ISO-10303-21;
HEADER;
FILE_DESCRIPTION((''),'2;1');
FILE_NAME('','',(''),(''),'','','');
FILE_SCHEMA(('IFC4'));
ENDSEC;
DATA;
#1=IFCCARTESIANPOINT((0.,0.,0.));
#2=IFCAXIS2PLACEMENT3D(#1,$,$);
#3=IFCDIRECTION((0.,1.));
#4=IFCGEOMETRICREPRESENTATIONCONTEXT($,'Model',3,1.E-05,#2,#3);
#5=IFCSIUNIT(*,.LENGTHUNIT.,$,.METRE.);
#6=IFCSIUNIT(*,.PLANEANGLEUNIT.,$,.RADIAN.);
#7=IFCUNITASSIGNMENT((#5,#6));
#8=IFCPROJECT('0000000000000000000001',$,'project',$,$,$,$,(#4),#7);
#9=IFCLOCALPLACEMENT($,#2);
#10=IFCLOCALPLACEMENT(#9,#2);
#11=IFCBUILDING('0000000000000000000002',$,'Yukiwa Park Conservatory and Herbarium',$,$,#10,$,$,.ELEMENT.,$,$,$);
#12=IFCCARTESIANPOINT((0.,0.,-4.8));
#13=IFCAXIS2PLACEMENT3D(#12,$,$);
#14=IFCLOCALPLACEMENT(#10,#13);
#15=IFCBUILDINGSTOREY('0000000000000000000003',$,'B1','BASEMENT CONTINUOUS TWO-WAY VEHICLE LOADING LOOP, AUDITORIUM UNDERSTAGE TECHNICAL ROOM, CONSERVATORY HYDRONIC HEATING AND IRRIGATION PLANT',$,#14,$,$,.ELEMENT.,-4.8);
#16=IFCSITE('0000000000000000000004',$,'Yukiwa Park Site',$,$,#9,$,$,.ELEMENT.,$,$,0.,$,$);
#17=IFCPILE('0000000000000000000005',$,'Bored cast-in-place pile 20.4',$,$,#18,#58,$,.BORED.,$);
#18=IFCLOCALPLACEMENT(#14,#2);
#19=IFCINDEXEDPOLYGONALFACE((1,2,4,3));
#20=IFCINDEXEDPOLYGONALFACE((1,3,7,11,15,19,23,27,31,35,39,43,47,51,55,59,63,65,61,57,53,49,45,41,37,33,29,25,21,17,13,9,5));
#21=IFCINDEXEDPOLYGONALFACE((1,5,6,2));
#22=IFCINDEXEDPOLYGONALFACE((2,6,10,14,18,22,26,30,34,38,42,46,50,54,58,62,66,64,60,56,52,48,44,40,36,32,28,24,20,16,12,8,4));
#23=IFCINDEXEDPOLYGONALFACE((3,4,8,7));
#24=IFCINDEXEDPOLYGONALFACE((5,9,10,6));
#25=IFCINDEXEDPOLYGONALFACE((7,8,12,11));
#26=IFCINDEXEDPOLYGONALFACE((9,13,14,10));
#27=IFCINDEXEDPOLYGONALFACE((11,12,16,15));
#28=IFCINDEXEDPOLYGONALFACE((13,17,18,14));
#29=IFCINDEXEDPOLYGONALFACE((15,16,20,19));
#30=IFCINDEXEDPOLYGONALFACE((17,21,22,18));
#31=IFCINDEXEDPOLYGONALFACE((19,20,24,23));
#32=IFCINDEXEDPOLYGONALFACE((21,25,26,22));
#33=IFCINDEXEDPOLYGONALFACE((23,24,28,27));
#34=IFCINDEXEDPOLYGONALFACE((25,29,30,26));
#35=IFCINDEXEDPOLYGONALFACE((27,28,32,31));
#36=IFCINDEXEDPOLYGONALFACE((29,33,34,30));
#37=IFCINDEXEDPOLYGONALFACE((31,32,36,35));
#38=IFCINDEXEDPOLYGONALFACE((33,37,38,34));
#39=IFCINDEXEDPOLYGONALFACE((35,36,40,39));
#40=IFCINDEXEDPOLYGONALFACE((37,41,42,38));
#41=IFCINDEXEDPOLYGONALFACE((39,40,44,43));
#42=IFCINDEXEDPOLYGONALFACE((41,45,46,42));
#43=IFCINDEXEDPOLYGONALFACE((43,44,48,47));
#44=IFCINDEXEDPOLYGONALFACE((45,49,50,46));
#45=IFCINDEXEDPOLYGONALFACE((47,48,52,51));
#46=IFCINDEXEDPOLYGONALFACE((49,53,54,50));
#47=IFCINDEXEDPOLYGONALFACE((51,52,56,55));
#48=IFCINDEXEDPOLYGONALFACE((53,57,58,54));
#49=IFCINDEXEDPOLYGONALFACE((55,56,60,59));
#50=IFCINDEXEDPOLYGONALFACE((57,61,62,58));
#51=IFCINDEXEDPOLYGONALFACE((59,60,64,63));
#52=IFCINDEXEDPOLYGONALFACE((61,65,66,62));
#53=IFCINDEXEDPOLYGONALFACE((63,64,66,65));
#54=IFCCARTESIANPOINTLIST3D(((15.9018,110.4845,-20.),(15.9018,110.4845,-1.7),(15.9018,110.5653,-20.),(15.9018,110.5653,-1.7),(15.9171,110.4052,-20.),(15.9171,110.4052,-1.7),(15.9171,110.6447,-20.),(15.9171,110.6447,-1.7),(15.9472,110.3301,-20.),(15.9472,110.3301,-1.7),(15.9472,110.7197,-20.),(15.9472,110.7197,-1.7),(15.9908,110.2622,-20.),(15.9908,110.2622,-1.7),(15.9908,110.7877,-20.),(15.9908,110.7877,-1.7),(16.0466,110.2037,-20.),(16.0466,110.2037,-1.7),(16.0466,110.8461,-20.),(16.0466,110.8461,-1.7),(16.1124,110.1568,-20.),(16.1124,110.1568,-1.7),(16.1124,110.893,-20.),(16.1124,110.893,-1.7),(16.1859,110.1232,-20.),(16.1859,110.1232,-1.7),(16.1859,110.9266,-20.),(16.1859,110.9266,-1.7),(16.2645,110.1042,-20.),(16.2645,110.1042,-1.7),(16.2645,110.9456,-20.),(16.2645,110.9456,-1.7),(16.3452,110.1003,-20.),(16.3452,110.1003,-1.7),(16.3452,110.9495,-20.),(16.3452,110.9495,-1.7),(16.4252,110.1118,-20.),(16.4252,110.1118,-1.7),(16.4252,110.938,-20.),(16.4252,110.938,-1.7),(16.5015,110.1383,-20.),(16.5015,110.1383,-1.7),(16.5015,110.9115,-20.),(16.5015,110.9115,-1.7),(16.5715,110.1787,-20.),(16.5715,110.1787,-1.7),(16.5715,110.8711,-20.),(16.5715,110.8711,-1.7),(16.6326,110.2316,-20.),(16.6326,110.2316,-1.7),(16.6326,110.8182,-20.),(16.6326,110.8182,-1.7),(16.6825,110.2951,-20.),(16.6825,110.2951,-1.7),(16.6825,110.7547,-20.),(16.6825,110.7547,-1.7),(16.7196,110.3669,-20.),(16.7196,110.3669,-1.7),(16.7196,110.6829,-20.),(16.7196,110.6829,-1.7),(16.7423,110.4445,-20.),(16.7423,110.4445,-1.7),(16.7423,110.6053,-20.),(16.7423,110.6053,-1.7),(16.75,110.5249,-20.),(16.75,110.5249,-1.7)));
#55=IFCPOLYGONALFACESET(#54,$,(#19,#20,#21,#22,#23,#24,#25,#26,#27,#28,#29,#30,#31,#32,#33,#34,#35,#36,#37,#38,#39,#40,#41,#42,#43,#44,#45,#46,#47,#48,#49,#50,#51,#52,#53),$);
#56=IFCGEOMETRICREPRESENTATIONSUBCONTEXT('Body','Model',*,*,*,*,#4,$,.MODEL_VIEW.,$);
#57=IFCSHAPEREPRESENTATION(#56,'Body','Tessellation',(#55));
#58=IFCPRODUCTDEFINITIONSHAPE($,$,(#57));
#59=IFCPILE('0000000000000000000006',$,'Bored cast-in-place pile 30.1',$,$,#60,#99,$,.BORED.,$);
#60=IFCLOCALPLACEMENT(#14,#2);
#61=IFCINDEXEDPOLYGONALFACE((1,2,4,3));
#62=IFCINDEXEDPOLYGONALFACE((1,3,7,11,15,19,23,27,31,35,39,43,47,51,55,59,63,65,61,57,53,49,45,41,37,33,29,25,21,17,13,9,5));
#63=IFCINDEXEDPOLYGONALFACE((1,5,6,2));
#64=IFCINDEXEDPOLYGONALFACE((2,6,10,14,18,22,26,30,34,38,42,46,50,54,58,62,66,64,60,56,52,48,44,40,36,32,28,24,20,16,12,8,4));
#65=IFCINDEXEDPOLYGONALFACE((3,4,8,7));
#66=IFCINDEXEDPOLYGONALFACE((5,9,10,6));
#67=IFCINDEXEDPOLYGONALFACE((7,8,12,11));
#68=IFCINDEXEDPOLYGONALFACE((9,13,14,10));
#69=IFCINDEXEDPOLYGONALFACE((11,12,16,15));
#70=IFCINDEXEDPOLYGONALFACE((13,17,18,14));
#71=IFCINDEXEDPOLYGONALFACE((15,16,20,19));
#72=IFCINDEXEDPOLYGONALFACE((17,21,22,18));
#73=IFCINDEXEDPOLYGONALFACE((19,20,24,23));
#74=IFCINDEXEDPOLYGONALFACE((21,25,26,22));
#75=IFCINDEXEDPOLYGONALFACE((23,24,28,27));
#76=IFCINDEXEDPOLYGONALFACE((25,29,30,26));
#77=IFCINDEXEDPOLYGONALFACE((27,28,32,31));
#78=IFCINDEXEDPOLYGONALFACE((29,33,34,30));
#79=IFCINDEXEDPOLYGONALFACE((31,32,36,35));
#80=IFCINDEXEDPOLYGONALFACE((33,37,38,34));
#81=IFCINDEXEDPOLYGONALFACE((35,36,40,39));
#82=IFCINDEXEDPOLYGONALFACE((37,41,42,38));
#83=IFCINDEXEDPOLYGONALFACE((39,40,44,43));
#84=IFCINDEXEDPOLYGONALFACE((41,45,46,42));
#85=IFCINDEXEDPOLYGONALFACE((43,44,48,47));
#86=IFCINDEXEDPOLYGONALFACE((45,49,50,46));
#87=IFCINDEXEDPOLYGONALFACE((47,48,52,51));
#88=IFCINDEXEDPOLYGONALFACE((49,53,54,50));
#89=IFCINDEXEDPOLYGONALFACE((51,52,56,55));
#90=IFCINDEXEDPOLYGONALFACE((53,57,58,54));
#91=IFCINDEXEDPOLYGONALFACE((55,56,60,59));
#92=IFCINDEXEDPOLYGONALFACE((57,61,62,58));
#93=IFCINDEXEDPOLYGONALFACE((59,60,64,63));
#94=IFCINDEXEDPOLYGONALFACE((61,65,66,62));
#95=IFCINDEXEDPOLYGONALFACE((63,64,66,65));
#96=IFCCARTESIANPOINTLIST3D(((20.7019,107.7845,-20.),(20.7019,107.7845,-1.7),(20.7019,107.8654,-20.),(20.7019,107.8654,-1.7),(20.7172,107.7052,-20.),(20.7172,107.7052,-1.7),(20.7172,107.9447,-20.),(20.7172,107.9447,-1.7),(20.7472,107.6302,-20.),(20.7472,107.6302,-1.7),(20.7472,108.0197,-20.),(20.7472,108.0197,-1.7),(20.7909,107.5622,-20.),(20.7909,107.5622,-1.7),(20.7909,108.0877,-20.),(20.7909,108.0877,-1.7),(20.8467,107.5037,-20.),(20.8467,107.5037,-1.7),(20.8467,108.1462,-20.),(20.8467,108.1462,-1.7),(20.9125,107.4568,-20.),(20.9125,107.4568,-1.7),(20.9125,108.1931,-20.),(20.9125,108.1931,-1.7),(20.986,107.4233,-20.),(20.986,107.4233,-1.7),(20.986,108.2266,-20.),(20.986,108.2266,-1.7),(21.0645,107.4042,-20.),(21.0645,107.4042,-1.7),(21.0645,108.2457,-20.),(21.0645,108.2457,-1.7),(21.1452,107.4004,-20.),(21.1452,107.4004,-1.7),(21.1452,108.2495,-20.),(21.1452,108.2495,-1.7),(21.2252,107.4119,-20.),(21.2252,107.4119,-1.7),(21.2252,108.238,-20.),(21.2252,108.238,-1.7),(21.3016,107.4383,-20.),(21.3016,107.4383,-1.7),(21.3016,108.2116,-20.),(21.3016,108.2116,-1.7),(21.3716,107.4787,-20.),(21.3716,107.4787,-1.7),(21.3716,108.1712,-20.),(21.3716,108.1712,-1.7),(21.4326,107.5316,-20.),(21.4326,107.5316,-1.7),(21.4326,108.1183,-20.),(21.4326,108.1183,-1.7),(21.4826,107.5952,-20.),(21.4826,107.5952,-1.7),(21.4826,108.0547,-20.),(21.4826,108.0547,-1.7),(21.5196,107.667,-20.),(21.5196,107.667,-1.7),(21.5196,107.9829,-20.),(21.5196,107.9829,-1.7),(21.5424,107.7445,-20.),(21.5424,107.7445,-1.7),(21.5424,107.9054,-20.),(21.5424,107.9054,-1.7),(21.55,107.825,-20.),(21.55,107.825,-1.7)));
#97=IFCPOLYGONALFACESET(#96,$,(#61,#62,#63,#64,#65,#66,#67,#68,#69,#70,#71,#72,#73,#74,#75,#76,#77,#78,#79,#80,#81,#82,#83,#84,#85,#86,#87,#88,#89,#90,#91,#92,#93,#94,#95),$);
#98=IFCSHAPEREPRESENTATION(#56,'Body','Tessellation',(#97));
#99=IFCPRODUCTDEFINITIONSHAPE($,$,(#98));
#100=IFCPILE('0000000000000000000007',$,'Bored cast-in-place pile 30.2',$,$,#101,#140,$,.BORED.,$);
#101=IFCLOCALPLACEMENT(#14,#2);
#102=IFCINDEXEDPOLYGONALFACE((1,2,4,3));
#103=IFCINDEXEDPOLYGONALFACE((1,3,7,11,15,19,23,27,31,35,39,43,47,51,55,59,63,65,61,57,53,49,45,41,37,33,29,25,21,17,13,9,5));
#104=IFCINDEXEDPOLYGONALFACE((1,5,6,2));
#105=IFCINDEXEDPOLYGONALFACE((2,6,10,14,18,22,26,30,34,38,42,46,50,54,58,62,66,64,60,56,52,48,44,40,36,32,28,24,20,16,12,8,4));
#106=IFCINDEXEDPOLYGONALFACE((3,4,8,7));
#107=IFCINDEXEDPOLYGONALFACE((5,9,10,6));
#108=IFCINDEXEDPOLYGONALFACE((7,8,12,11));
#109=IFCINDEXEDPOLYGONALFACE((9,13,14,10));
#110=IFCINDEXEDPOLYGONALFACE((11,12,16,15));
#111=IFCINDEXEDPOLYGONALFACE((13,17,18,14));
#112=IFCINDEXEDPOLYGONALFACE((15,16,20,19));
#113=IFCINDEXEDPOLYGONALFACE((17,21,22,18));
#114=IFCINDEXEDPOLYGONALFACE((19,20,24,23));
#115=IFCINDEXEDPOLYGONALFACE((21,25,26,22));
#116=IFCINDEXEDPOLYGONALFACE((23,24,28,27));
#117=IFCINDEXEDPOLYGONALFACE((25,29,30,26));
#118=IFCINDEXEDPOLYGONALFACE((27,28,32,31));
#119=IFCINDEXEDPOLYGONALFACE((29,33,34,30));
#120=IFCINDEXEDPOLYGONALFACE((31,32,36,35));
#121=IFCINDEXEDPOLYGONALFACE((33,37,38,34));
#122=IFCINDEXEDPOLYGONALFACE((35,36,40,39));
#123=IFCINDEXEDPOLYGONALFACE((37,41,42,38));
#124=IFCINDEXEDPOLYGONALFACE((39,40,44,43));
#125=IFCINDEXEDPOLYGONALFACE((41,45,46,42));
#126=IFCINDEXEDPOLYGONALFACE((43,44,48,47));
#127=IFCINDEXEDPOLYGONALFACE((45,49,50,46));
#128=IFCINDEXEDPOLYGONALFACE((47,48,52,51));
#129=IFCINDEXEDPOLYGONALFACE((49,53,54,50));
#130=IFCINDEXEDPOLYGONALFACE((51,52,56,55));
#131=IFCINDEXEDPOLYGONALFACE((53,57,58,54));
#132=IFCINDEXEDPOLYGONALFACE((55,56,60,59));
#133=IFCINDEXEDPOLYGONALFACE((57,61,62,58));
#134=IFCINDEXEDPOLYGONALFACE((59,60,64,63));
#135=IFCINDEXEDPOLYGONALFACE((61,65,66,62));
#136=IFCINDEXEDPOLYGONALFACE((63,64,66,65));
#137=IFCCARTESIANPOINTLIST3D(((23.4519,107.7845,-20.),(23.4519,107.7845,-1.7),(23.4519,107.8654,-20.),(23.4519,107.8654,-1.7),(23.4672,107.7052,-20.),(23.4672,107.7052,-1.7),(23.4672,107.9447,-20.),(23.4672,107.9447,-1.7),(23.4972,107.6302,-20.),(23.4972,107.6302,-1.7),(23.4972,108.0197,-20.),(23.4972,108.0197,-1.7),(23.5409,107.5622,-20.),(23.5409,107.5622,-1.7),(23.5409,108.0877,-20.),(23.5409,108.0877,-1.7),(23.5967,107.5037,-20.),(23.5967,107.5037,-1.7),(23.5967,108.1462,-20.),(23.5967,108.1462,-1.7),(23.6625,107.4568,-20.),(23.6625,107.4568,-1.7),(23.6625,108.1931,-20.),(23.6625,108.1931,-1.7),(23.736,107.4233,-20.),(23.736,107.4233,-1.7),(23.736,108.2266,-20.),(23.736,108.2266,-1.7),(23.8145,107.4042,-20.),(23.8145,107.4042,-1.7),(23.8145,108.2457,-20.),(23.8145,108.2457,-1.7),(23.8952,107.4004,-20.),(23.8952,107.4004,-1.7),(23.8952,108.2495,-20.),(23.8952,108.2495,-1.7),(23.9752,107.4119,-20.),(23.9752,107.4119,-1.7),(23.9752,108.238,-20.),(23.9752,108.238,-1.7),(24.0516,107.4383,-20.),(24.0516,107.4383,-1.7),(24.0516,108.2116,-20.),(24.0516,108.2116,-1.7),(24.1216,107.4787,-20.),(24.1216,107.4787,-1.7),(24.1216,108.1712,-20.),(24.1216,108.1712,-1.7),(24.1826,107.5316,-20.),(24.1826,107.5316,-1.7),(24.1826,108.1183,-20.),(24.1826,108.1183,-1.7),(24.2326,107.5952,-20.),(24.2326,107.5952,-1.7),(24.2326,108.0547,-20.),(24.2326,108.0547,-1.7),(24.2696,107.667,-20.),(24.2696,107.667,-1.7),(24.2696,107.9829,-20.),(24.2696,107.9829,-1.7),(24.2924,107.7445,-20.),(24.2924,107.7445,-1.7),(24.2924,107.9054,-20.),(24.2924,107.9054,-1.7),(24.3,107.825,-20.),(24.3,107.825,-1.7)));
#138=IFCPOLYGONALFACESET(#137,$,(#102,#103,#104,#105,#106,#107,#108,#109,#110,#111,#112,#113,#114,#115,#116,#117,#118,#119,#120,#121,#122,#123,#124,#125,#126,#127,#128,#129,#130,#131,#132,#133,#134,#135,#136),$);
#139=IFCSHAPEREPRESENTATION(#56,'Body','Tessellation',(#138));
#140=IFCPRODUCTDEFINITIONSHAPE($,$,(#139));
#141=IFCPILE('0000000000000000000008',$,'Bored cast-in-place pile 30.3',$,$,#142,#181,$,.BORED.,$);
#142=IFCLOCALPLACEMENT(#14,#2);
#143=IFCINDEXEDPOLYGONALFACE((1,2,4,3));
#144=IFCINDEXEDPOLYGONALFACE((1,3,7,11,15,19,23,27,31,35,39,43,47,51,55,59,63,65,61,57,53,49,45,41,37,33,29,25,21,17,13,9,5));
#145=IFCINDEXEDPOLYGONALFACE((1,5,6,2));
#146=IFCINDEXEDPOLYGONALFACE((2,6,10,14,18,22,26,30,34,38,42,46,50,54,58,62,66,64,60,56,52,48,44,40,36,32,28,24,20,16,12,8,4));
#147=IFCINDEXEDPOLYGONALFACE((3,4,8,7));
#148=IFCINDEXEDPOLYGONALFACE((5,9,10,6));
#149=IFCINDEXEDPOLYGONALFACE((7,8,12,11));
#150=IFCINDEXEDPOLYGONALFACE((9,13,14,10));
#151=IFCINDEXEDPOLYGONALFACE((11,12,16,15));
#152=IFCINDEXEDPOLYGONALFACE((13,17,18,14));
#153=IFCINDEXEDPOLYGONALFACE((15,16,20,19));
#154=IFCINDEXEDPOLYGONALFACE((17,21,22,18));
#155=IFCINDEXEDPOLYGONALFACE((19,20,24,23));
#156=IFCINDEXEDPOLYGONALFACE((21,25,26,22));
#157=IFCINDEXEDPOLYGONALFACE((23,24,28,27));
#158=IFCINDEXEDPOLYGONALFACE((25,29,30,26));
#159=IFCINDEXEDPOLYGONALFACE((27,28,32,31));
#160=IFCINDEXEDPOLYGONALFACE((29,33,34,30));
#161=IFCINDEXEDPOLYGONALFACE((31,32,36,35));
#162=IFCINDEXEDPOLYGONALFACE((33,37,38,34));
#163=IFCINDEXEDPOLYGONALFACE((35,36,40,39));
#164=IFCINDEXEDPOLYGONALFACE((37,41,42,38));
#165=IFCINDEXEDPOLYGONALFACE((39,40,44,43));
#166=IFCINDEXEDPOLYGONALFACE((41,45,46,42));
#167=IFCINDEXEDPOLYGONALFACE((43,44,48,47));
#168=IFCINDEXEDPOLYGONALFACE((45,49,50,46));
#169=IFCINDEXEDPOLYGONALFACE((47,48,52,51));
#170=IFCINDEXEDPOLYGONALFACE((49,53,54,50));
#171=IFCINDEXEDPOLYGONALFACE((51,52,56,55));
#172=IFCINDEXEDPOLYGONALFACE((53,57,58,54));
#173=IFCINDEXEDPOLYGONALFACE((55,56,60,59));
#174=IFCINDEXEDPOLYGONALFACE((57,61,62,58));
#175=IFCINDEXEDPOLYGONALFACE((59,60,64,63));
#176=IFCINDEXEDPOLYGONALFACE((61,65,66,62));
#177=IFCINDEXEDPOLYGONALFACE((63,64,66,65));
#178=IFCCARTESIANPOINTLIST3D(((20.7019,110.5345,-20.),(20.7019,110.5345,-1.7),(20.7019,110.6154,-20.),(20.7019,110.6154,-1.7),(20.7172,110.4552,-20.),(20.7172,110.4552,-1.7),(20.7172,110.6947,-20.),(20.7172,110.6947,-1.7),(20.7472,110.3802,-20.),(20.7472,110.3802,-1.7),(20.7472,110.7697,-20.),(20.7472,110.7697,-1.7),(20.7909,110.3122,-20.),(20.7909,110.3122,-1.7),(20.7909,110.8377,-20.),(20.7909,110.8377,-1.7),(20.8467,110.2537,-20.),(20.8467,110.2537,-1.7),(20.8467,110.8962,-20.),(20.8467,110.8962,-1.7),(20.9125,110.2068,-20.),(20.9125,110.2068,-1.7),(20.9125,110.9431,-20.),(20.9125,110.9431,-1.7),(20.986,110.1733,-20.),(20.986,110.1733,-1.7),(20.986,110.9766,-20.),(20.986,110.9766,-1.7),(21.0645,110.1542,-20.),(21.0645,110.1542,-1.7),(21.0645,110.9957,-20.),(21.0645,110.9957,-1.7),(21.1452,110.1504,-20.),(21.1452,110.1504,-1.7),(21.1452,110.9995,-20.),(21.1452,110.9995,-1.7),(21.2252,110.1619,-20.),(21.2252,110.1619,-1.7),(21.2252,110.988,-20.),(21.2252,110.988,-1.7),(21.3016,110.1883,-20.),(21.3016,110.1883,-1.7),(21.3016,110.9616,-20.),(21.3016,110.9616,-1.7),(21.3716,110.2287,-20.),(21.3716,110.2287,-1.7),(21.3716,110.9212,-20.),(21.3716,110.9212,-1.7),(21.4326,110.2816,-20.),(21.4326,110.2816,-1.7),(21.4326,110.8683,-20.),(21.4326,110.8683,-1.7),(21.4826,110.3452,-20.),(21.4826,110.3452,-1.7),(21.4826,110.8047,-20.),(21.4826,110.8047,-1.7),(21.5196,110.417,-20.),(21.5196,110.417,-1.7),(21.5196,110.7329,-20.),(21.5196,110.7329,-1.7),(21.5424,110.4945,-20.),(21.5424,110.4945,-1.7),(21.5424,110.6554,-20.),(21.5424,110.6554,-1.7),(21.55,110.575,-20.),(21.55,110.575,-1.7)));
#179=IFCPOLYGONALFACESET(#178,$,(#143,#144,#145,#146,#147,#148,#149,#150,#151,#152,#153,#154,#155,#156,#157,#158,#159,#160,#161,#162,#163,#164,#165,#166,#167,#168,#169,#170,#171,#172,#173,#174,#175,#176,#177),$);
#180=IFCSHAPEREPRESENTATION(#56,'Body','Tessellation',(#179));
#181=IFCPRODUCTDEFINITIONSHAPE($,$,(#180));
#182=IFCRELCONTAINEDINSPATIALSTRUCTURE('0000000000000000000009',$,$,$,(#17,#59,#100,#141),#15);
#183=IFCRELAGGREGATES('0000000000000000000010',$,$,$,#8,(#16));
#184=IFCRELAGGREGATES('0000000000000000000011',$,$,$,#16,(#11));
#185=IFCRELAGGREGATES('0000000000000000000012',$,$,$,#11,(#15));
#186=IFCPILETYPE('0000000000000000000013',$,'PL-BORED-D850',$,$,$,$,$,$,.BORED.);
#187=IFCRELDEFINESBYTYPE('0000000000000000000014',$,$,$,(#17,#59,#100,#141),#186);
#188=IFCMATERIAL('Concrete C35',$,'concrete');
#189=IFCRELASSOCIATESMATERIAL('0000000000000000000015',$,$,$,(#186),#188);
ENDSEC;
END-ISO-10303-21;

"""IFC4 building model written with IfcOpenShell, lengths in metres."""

from ifc_helpers import new_model, si_unit, direction, frame, origin, origin_2d, place, context, subcontext, project, spatial, circle, extrude, material, material_profile, profile_set, type_object, element, save


model = new_model("IFC4")

# Units and contexts
model_context = context("Model", 3, precision=1e-05, world=origin(), true_north=direction((0.0, 1.0)))
body_context = subcontext(model_context, "Body", "Model", "MODEL_VIEW")
ifc_project = project(units=[si_unit("LENGTHUNIT", "METRE"), si_unit("PLANEANGLEUNIT", "RADIAN")], contexts=[model_context])

# Site, building, storey
site_placement = place(None, origin())
site = spatial("IfcSite", under=ifc_project, at=site_placement, Name="Yukiwa Park Site", CompositionType="ELEMENT", RefElevation=0.0)
building_placement = place(site_placement, origin())
building = spatial("IfcBuilding", under=site, at=building_placement, Name="Yukiwa Park Conservatory and Herbarium", CompositionType="ELEMENT")
storey_placement = place(building_placement, frame((0.0, 0.0, -4.8)))
storey = spatial("IfcBuildingStorey", under=building, at=storey_placement, Name="B1", Description="BASEMENT CONTINUOUS TWO-WAY VEHICLE LOADING LOOP, AUDITORIUM UNDERSTAGE TECHNICAL ROOM, CONSERVATORY HYDRONIC HEATING AND IRRIGATION PLANT", CompositionType="ELEMENT", Elevation=-4.8)

# Piles
ifc_material_1 = material(Name="Concrete C35", Category="concrete")
ifc_material_profile_1 = material_profile(ifc_material_1, circle(Radius=0.425, at=origin_2d()), Name="PILE D850")
ifc_profile_set_1 = profile_set([ifc_material_profile_1], Name="Concrete C35")
pile_type = type_object("IfcPileType", Name="PL-BORED-D850", PredefinedType="BORED", material=ifc_profile_set_1)
for number, where, z_axis, x_axis, name in (
    (1, (16.325, 110.5249, -1.7), (0.0, 0.0, -1.0), (1.0, 0.0, 0.0), "Bored cast-in-place pile 20.4"),
    (2, (21.125, 107.825, -1.7), (0.0, 0.0, -1.0), (1.0, 0.0, 0.0), "Bored cast-in-place pile 30.1"),
    (3, (23.875, 107.825, -1.7), (0.0, 0.0, -1.0), (1.0, 0.0, 0.0), "Bored cast-in-place pile 30.2"),
    (4, (21.125, 110.575, -1.7), (0.0, 0.0, -1.0), (1.0, 0.0, 0.0), "Bored cast-in-place pile 30.3"),
):
    element("IfcPile", number, at=place(storey_placement, frame(where, z_axis=z_axis, x_axis=x_axis)), inside=storey, type_object=pile_type, Name=name, PredefinedType="BORED", context=body_context, shape_type="SweptSolid", body=[
        extrude(circle(Radius=0.425, at=origin_2d()), origin(), (0.0, 0.0, 1.0), 18.3),
    ])

save(model, "model.ifc")
